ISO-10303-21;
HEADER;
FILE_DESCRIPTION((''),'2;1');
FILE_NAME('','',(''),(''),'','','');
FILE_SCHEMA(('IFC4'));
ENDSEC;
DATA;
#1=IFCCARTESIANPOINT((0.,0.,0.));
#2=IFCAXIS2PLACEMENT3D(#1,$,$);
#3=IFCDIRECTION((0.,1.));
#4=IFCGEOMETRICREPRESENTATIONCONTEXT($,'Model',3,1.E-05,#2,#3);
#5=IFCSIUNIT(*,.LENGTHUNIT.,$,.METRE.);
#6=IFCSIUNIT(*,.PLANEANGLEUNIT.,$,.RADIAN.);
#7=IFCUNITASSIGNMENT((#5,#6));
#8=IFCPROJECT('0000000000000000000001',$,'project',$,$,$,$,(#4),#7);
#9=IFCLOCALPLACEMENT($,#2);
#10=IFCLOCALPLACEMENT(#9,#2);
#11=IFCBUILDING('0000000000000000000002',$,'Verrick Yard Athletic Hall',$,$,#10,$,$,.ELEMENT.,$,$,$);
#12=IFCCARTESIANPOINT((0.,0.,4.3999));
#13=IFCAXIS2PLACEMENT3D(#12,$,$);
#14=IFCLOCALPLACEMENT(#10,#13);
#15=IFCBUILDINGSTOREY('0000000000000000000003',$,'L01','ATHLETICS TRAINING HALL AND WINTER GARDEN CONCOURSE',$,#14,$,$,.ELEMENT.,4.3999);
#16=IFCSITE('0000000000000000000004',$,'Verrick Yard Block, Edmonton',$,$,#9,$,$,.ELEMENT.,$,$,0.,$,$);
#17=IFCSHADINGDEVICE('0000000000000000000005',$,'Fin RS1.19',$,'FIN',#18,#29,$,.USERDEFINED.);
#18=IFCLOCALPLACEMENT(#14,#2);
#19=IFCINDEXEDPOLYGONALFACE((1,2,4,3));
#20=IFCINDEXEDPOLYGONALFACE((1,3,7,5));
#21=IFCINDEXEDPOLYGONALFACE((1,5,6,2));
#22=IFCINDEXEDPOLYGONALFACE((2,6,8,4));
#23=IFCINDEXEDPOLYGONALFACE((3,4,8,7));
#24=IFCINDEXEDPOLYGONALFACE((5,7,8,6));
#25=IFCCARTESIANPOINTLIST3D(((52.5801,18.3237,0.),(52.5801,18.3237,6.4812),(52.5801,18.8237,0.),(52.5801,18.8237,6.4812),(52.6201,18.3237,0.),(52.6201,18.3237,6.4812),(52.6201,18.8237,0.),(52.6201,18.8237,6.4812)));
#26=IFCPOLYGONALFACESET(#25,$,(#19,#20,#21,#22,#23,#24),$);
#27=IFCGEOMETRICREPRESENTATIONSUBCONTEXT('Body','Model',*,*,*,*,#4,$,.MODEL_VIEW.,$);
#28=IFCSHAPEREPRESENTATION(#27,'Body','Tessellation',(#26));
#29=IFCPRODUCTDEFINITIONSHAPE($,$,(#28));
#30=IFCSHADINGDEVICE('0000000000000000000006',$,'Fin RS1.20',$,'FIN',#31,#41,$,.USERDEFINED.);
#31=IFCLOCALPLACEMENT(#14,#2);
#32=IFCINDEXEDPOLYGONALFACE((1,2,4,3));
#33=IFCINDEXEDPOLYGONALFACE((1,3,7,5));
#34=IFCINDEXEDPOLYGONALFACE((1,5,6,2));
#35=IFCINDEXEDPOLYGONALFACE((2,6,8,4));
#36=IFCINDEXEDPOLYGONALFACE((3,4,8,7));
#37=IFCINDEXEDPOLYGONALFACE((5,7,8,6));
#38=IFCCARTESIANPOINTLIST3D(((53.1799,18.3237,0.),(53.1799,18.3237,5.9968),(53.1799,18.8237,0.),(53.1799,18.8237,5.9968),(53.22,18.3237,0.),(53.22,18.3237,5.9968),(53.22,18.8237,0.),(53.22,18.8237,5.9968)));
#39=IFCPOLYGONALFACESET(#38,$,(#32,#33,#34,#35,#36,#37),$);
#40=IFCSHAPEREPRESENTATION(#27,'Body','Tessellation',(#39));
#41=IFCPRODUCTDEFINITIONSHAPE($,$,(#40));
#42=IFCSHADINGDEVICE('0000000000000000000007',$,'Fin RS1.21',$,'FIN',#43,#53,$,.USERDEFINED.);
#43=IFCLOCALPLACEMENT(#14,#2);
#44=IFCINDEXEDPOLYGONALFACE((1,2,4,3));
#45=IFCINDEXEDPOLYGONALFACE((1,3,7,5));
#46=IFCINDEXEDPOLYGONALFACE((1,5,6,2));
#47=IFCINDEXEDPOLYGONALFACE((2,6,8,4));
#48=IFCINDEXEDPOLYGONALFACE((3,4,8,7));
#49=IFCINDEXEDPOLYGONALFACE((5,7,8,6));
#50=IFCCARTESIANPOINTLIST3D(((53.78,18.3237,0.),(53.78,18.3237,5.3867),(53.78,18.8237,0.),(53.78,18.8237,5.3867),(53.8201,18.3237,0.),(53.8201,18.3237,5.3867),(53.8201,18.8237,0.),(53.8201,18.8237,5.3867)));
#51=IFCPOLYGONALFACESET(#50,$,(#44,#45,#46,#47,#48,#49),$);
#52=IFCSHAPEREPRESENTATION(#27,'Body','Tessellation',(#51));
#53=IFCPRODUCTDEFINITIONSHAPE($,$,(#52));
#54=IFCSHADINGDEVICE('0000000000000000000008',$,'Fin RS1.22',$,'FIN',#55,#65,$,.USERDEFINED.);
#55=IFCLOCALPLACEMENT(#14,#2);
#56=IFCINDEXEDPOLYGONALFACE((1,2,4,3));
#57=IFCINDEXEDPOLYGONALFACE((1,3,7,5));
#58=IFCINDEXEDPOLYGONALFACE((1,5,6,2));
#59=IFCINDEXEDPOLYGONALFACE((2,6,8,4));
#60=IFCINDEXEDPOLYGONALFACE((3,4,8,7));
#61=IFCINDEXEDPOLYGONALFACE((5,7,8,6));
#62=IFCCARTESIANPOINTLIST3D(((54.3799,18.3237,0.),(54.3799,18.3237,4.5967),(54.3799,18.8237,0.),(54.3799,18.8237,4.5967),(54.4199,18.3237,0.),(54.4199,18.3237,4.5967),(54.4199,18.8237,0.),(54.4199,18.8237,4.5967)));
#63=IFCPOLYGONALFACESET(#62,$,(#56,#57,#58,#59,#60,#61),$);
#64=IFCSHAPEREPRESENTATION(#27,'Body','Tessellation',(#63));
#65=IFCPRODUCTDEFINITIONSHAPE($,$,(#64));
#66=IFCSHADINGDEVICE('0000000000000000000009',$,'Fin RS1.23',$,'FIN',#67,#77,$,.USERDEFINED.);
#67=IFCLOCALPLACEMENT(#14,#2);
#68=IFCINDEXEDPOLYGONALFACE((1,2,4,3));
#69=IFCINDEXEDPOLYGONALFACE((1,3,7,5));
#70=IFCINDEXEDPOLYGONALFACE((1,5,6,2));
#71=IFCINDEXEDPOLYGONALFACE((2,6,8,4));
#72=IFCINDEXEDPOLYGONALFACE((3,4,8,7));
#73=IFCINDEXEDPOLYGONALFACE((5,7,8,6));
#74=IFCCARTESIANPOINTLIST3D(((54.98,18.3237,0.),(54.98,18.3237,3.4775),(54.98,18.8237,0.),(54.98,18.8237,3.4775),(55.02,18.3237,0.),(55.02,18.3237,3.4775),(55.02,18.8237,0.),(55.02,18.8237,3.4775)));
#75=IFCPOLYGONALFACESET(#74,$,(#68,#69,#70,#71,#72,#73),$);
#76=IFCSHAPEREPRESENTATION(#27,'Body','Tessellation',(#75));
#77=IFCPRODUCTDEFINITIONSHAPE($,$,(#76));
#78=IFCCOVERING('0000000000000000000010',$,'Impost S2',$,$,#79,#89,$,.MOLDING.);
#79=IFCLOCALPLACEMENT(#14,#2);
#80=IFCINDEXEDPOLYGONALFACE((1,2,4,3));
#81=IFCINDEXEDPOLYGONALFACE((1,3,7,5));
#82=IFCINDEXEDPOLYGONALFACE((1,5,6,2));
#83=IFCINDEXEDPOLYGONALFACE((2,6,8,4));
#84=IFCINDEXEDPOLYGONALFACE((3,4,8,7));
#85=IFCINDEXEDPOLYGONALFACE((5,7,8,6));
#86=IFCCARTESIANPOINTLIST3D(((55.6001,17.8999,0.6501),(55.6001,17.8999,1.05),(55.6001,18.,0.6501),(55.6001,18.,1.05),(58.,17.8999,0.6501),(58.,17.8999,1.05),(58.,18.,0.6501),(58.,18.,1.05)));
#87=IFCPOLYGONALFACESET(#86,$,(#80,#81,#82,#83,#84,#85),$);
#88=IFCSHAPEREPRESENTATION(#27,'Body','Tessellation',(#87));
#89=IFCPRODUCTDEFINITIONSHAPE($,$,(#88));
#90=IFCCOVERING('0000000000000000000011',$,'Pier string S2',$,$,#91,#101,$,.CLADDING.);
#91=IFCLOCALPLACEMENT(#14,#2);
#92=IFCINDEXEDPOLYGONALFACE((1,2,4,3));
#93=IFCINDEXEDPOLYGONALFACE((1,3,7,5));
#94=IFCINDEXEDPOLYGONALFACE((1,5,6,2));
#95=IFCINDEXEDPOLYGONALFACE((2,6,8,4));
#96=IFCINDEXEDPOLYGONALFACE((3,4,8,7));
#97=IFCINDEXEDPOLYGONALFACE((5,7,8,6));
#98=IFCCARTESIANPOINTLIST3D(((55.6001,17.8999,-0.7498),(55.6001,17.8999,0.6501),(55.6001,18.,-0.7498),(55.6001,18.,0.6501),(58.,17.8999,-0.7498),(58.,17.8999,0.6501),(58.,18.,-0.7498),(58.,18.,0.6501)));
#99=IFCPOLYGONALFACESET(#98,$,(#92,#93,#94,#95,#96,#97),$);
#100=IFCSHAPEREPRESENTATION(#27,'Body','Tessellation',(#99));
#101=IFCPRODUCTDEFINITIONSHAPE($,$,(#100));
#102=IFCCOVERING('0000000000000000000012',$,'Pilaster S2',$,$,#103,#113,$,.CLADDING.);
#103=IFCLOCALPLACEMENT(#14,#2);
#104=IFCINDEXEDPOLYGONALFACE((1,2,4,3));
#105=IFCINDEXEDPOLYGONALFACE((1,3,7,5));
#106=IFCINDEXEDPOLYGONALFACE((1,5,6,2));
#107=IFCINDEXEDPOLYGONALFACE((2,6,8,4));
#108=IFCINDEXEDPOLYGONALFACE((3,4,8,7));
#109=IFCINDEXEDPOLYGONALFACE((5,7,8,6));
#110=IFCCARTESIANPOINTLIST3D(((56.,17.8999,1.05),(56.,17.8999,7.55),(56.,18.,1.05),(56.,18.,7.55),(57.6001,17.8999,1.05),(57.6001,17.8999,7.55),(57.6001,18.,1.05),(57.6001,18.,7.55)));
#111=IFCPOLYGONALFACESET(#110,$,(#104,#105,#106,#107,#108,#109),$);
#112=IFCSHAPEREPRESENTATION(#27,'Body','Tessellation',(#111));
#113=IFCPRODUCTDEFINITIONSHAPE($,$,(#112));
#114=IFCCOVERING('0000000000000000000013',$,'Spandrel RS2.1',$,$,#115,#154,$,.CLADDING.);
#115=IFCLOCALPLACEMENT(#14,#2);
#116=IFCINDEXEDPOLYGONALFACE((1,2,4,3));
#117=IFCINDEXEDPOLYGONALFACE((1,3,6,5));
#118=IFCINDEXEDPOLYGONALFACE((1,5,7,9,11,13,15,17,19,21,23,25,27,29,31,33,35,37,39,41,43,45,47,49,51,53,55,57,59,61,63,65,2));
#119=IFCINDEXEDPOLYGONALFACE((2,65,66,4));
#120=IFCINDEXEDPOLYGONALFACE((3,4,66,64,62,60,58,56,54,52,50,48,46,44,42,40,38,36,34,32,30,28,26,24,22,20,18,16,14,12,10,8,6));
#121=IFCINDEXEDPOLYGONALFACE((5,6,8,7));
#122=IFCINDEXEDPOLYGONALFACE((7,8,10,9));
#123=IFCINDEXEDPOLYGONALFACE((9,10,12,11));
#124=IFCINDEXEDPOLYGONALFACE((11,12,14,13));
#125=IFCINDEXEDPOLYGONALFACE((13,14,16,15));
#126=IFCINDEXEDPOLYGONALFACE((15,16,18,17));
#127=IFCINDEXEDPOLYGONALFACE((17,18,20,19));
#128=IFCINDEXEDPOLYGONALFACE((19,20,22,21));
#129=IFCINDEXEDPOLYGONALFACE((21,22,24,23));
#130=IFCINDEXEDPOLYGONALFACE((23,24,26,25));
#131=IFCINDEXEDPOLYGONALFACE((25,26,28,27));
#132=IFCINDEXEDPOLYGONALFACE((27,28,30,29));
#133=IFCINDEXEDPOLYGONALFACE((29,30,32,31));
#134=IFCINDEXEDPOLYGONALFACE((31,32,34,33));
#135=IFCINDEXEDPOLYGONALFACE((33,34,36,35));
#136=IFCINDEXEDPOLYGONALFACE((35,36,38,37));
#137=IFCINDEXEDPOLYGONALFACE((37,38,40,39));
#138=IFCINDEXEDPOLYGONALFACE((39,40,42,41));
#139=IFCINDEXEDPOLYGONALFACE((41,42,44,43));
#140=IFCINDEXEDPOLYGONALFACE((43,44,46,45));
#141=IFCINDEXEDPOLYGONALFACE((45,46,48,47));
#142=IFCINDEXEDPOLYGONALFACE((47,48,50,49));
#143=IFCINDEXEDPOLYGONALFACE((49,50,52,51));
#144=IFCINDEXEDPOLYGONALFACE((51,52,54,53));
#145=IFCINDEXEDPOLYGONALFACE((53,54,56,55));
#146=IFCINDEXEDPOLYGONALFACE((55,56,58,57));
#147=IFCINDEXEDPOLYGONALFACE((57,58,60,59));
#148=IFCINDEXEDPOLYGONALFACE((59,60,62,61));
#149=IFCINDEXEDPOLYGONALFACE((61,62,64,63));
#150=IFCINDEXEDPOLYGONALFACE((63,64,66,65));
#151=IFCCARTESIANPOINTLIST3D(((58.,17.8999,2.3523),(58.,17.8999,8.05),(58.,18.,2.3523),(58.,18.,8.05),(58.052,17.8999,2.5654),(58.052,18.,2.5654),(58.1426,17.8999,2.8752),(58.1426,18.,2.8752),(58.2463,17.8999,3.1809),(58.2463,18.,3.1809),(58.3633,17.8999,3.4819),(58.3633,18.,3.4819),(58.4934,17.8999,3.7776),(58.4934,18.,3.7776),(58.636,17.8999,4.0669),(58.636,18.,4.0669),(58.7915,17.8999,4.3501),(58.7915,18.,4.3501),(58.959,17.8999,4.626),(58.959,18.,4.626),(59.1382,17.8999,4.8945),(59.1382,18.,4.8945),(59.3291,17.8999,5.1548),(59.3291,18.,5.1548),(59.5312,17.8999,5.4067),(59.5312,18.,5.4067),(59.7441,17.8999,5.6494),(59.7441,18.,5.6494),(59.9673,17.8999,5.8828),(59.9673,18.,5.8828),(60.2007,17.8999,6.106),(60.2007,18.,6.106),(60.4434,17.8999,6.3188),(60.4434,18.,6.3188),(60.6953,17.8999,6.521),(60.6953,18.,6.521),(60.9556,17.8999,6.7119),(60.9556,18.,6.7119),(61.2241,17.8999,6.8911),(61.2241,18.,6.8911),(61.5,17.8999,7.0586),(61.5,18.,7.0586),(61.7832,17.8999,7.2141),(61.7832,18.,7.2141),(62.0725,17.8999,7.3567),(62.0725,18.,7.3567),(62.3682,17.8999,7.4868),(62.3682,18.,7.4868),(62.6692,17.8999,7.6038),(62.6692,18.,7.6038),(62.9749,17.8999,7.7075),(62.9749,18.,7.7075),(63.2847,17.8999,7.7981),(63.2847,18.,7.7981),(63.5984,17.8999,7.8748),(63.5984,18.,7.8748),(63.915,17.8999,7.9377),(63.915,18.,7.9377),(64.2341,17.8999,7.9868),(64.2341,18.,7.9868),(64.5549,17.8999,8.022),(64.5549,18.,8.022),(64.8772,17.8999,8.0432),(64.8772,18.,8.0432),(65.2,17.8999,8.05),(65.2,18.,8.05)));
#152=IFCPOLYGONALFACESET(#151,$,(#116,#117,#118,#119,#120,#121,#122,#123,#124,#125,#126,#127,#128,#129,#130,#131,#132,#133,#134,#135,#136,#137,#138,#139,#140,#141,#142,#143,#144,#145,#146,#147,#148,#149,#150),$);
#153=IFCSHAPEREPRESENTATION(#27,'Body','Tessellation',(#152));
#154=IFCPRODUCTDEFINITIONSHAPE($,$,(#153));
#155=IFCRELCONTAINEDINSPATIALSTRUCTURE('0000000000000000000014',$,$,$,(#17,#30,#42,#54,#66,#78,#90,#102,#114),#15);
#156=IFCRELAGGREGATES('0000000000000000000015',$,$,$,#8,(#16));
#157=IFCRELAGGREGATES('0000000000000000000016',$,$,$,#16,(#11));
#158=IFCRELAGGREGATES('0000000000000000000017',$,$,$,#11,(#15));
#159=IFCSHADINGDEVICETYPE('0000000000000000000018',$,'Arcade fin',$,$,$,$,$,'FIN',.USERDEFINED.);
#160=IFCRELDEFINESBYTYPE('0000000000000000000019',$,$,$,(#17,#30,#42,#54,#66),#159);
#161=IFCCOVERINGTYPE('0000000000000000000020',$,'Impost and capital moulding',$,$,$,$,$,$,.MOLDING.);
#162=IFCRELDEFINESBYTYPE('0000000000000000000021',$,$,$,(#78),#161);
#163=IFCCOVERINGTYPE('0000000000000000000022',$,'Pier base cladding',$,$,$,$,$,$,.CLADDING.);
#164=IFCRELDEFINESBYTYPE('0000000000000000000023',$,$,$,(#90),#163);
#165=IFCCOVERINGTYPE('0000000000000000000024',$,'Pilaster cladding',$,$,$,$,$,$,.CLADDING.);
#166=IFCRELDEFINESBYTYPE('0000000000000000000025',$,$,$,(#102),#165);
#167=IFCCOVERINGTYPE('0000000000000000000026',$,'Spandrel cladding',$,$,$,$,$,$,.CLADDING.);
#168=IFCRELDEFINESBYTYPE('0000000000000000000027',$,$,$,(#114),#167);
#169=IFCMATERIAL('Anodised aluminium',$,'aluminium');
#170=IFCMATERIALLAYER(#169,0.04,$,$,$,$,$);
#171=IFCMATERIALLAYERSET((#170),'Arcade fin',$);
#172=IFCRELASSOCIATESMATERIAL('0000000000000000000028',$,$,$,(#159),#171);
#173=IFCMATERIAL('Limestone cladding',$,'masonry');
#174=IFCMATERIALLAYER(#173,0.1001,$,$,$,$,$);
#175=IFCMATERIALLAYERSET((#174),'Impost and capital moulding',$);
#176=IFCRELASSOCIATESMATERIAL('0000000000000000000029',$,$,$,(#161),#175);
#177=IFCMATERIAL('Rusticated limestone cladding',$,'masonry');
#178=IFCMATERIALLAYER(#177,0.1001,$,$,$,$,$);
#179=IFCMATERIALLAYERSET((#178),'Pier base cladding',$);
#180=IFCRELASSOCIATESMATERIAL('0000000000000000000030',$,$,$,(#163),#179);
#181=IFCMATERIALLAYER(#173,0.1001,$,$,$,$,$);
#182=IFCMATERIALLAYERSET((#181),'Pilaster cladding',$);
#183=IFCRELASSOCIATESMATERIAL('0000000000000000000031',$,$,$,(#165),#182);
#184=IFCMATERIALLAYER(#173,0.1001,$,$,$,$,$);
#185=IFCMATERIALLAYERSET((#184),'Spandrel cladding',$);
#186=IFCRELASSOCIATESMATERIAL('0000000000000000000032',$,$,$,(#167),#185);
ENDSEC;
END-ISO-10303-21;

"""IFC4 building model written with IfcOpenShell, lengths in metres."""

from ifc_helpers import new_model, si_unit, direction, frame, origin, origin_2d, place, context, subcontext, project, spatial, polyline, rectangle, outline, extrude, material, layer, layer_set, type_object, element, save


model = new_model("IFC4")

# Units and contexts
model_context = context("Model", 3, precision=1e-05, world=origin(), true_north=direction((0.0, 1.0)))
body_context = subcontext(model_context, "Body", "Model", "MODEL_VIEW")
ifc_project = project(units=[si_unit("LENGTHUNIT", "METRE"), si_unit("PLANEANGLEUNIT", "RADIAN")], contexts=[model_context])

# Site, building, storey
site_placement = place(None, origin())
site = spatial("IfcSite", under=ifc_project, at=site_placement, Name="Verrick Yard Block, Edmonton", CompositionType="ELEMENT", RefElevation=0.0)
building_placement = place(site_placement, origin())
building = spatial("IfcBuilding", under=site, at=building_placement, Name="Verrick Yard Athletic Hall", CompositionType="ELEMENT")
storey_placement = place(building_placement, frame((0.0, 0.0, 4.3999)))
storey = spatial("IfcBuildingStorey", under=building, at=storey_placement, Name="L01", Description="ATHLETICS TRAINING HALL AND WINTER GARDEN CONCOURSE", CompositionType="ELEMENT", Elevation=4.3999)

# Shading devices
ifc_material_1 = material(Name="Anodised aluminium", Category="aluminium")
ifc_layer_1 = layer(ifc_material_1, 0.04)
ifc_layer_set_1 = layer_set([ifc_layer_1], Name="Arcade fin")
shading_device_type = type_object("IfcShadingDeviceType", Name="Arcade fin", ElementType="FIN", PredefinedType="USERDEFINED", material=ifc_layer_set_1)
shading_device_1_placement = place(storey_placement, frame((52.6001, 18.8237, 0.0), z_axis=(0.0, 0.0, 1.0), x_axis=(0.0, -1.0, 0.0)))
element("IfcShadingDevice", 1, at=shading_device_1_placement, inside=storey, type_object=shading_device_type, Name="Fin RS1.19", ObjectType="FIN", PredefinedType="USERDEFINED", context=body_context, shape_type="SweptSolid", body=[
    extrude(outline(polyline([(0.0, 0.0), (0.5, 0.0), (0.5, 6.4812), (0.0, 6.4812), (0.0, 0.0)])), frame((0.0, 0.02, 0.0), z_axis=(0.0, -1.0, 0.0), x_axis=(1.0, 0.0, 0.0)), (0.0, 0.0, 1.0), 0.04),
])
shading_device_2_placement = place(storey_placement, frame((53.2, 18.8237, 0.0), z_axis=(0.0, 0.0, 1.0), x_axis=(0.0, -1.0, 0.0)))
element("IfcShadingDevice", 2, at=shading_device_2_placement, inside=storey, type_object=shading_device_type, Name="Fin RS1.20", ObjectType="FIN", PredefinedType="USERDEFINED", context=body_context, shape_type="SweptSolid", body=[
    extrude(outline(polyline([(0.0, 0.0), (0.5, 0.0), (0.5, 5.9968), (0.0, 5.9968), (0.0, 0.0)])), frame((0.0, 0.02, 0.0), z_axis=(0.0, -1.0, 0.0), x_axis=(1.0, 0.0, 0.0)), (0.0, 0.0, 1.0), 0.04),
])
shading_device_3_placement = place(storey_placement, frame((53.8, 18.8237, 0.0), z_axis=(0.0, 0.0, 1.0), x_axis=(0.0, -1.0, 0.0)))
element("IfcShadingDevice", 3, at=shading_device_3_placement, inside=storey, type_object=shading_device_type, Name="Fin RS1.21", ObjectType="FIN", PredefinedType="USERDEFINED", context=body_context, shape_type="SweptSolid", body=[
    extrude(outline(polyline([(0.0, 0.0), (0.5, 0.0), (0.5, 5.3867), (0.0, 5.3867), (0.0, 0.0)])), frame((0.0, 0.02, 0.0), z_axis=(0.0, -1.0, 0.0), x_axis=(1.0, 0.0, 0.0)), (0.0, 0.0, 1.0), 0.04),
])
shading_device_4_placement = place(storey_placement, frame((54.3999, 18.8237, 0.0), z_axis=(0.0, 0.0, 1.0), x_axis=(0.0, -1.0, 0.0)))
element("IfcShadingDevice", 4, at=shading_device_4_placement, inside=storey, type_object=shading_device_type, Name="Fin RS1.22", ObjectType="FIN", PredefinedType="USERDEFINED", context=body_context, shape_type="SweptSolid", body=[
    extrude(outline(polyline([(0.0, 0.0), (0.5, 0.0), (0.5, 4.5967), (0.0, 4.5967), (0.0, 0.0)])), frame((0.0, 0.02, 0.0), z_axis=(0.0, -1.0, 0.0), x_axis=(1.0, 0.0, 0.0)), (0.0, 0.0, 1.0), 0.04),
])
shading_device_5_placement = place(storey_placement, frame((55.0, 18.8237, 0.0), z_axis=(0.0, 0.0, 1.0), x_axis=(0.0, -1.0, 0.0)))
element("IfcShadingDevice", 5, at=shading_device_5_placement, inside=storey, type_object=shading_device_type, Name="Fin RS1.23", ObjectType="FIN", PredefinedType="USERDEFINED", context=body_context, shape_type="SweptSolid", body=[
    extrude(outline(polyline([(0.0, 0.0), (0.5, 0.0), (0.5, 3.4775), (0.0, 3.4775), (0.0, 0.0)])), frame((0.0, 0.02, 0.0), z_axis=(0.0, -1.0, 0.0), x_axis=(1.0, 0.0, 0.0)), (0.0, 0.0, 1.0), 0.04),
])

# Coverings
ifc_material_2 = material(Name="Limestone cladding", Category="masonry")
ifc_layer_2 = layer(ifc_material_2, 0.1001)
ifc_layer_set_2 = layer_set([ifc_layer_2], Name="Impost and capital moulding")
covering_type_1 = type_object("IfcCoveringType", Name="Impost and capital moulding", PredefinedType="MOLDING", material=ifc_layer_set_2)
covering_1_placement = place(storey_placement, frame((56.8, 17.95, 0.6501), z_axis=(0.0, 0.0, 1.0), x_axis=(1.0, 0.0, 0.0)))
element("IfcCovering", 6, at=covering_1_placement, inside=storey, type_object=covering_type_1, Name="Impost S2", PredefinedType="MOLDING", context=body_context, shape_type="SweptSolid", body=[
    extrude(rectangle(XDim=2.3999, YDim=0.1001, at=origin_2d()), origin(), (0.0, 0.0, 1.0), 0.3999),
])
ifc_material_3 = material(Name="Rusticated limestone cladding", Category="masonry")
ifc_layer_3 = layer(ifc_material_3, 0.1001)
ifc_layer_set_3 = layer_set([ifc_layer_3], Name="Pier base cladding")
covering_type_2 = type_object("IfcCoveringType", Name="Pier base cladding", PredefinedType="CLADDING", material=ifc_layer_set_3)
covering_2_placement = place(storey_placement, frame((56.8, 17.95, -0.7498), z_axis=(0.0, 0.0, 1.0), x_axis=(1.0, 0.0, 0.0)))
element("IfcCovering", 7, at=covering_2_placement, inside=storey, type_object=covering_type_2, Name="Pier string S2", PredefinedType="CLADDING", context=body_context, shape_type="SweptSolid", body=[
    extrude(rectangle(XDim=2.3999, YDim=0.1001, at=origin_2d()), origin(), (0.0, 0.0, 1.0), 1.3999),
])
ifc_layer_4 = layer(ifc_material_2, 0.1001)
ifc_layer_set_4 = layer_set([ifc_layer_4], Name="Pilaster cladding")
covering_type_3 = type_object("IfcCoveringType", Name="Pilaster cladding", PredefinedType="CLADDING", material=ifc_layer_set_4)
covering_3_placement = place(storey_placement, frame((56.8, 17.95, 1.05), z_axis=(0.0, 0.0, 1.0), x_axis=(1.0, 0.0, 0.0)))
element("IfcCovering", 8, at=covering_3_placement, inside=storey, type_object=covering_type_3, Name="Pilaster S2", PredefinedType="CLADDING", context=body_context, shape_type="SweptSolid", body=[
    extrude(rectangle(XDim=1.6001, YDim=0.1001, at=origin_2d()), origin(), (0.0, 0.0, 1.0), 6.5),
])
ifc_layer_5 = layer(ifc_material_2, 0.1001)
ifc_layer_set_5 = layer_set([ifc_layer_5], Name="Spandrel cladding")
covering_type_4 = type_object("IfcCoveringType", Name="Spandrel cladding", PredefinedType="CLADDING", material=ifc_layer_set_5)
covering_4_placement = place(storey_placement, frame((58.0, 17.95, 2.3523), z_axis=(0.0, 0.0, 1.0), x_axis=(1.0, 0.0, 0.0)))
element("IfcCovering", 9, at=covering_4_placement, inside=storey, type_object=covering_type_4, Name="Spandrel RS2.1", PredefinedType="CLADDING", context=body_context, shape_type="SweptSolid", body=[
    extrude(outline(polyline([(0.0, 0.0), (0.052, 0.2131), (0.1426, 0.5229), (0.2463, 0.8286), (0.3633, 1.1296), (0.4934, 1.4253), (0.636, 1.7146), (0.7915, 1.9978), (0.959, 2.2737), (1.1382, 2.5422), (1.3291, 2.8025), (1.5312, 3.0544), (1.7441, 3.2971), (1.9673, 3.5305), (2.2007, 3.7537), (2.4434, 3.9666), (2.6953, 4.1687), (2.9556, 4.3596), (3.2241, 4.5388), (3.5, 4.7063), (3.7832, 4.8618), (4.0725, 5.0044), (4.3682, 5.1345), (4.6692, 5.2515), (4.9749, 5.3552), (5.2847, 5.4458), (5.5984, 5.5225), (5.915, 5.5854), (6.2341, 5.6345), (6.5549, 5.6697), (6.8772, 5.6909), (7.2, 5.6978), (0.0, 5.6978), (0.0, 0.0)])), frame((0.0, 0.05, 0.0), z_axis=(0.0, -1.0, 0.0), x_axis=(1.0, 0.0, 0.0)), (0.0, 0.0, 1.0), 0.1001),
])

save(model, "model.ifc")
